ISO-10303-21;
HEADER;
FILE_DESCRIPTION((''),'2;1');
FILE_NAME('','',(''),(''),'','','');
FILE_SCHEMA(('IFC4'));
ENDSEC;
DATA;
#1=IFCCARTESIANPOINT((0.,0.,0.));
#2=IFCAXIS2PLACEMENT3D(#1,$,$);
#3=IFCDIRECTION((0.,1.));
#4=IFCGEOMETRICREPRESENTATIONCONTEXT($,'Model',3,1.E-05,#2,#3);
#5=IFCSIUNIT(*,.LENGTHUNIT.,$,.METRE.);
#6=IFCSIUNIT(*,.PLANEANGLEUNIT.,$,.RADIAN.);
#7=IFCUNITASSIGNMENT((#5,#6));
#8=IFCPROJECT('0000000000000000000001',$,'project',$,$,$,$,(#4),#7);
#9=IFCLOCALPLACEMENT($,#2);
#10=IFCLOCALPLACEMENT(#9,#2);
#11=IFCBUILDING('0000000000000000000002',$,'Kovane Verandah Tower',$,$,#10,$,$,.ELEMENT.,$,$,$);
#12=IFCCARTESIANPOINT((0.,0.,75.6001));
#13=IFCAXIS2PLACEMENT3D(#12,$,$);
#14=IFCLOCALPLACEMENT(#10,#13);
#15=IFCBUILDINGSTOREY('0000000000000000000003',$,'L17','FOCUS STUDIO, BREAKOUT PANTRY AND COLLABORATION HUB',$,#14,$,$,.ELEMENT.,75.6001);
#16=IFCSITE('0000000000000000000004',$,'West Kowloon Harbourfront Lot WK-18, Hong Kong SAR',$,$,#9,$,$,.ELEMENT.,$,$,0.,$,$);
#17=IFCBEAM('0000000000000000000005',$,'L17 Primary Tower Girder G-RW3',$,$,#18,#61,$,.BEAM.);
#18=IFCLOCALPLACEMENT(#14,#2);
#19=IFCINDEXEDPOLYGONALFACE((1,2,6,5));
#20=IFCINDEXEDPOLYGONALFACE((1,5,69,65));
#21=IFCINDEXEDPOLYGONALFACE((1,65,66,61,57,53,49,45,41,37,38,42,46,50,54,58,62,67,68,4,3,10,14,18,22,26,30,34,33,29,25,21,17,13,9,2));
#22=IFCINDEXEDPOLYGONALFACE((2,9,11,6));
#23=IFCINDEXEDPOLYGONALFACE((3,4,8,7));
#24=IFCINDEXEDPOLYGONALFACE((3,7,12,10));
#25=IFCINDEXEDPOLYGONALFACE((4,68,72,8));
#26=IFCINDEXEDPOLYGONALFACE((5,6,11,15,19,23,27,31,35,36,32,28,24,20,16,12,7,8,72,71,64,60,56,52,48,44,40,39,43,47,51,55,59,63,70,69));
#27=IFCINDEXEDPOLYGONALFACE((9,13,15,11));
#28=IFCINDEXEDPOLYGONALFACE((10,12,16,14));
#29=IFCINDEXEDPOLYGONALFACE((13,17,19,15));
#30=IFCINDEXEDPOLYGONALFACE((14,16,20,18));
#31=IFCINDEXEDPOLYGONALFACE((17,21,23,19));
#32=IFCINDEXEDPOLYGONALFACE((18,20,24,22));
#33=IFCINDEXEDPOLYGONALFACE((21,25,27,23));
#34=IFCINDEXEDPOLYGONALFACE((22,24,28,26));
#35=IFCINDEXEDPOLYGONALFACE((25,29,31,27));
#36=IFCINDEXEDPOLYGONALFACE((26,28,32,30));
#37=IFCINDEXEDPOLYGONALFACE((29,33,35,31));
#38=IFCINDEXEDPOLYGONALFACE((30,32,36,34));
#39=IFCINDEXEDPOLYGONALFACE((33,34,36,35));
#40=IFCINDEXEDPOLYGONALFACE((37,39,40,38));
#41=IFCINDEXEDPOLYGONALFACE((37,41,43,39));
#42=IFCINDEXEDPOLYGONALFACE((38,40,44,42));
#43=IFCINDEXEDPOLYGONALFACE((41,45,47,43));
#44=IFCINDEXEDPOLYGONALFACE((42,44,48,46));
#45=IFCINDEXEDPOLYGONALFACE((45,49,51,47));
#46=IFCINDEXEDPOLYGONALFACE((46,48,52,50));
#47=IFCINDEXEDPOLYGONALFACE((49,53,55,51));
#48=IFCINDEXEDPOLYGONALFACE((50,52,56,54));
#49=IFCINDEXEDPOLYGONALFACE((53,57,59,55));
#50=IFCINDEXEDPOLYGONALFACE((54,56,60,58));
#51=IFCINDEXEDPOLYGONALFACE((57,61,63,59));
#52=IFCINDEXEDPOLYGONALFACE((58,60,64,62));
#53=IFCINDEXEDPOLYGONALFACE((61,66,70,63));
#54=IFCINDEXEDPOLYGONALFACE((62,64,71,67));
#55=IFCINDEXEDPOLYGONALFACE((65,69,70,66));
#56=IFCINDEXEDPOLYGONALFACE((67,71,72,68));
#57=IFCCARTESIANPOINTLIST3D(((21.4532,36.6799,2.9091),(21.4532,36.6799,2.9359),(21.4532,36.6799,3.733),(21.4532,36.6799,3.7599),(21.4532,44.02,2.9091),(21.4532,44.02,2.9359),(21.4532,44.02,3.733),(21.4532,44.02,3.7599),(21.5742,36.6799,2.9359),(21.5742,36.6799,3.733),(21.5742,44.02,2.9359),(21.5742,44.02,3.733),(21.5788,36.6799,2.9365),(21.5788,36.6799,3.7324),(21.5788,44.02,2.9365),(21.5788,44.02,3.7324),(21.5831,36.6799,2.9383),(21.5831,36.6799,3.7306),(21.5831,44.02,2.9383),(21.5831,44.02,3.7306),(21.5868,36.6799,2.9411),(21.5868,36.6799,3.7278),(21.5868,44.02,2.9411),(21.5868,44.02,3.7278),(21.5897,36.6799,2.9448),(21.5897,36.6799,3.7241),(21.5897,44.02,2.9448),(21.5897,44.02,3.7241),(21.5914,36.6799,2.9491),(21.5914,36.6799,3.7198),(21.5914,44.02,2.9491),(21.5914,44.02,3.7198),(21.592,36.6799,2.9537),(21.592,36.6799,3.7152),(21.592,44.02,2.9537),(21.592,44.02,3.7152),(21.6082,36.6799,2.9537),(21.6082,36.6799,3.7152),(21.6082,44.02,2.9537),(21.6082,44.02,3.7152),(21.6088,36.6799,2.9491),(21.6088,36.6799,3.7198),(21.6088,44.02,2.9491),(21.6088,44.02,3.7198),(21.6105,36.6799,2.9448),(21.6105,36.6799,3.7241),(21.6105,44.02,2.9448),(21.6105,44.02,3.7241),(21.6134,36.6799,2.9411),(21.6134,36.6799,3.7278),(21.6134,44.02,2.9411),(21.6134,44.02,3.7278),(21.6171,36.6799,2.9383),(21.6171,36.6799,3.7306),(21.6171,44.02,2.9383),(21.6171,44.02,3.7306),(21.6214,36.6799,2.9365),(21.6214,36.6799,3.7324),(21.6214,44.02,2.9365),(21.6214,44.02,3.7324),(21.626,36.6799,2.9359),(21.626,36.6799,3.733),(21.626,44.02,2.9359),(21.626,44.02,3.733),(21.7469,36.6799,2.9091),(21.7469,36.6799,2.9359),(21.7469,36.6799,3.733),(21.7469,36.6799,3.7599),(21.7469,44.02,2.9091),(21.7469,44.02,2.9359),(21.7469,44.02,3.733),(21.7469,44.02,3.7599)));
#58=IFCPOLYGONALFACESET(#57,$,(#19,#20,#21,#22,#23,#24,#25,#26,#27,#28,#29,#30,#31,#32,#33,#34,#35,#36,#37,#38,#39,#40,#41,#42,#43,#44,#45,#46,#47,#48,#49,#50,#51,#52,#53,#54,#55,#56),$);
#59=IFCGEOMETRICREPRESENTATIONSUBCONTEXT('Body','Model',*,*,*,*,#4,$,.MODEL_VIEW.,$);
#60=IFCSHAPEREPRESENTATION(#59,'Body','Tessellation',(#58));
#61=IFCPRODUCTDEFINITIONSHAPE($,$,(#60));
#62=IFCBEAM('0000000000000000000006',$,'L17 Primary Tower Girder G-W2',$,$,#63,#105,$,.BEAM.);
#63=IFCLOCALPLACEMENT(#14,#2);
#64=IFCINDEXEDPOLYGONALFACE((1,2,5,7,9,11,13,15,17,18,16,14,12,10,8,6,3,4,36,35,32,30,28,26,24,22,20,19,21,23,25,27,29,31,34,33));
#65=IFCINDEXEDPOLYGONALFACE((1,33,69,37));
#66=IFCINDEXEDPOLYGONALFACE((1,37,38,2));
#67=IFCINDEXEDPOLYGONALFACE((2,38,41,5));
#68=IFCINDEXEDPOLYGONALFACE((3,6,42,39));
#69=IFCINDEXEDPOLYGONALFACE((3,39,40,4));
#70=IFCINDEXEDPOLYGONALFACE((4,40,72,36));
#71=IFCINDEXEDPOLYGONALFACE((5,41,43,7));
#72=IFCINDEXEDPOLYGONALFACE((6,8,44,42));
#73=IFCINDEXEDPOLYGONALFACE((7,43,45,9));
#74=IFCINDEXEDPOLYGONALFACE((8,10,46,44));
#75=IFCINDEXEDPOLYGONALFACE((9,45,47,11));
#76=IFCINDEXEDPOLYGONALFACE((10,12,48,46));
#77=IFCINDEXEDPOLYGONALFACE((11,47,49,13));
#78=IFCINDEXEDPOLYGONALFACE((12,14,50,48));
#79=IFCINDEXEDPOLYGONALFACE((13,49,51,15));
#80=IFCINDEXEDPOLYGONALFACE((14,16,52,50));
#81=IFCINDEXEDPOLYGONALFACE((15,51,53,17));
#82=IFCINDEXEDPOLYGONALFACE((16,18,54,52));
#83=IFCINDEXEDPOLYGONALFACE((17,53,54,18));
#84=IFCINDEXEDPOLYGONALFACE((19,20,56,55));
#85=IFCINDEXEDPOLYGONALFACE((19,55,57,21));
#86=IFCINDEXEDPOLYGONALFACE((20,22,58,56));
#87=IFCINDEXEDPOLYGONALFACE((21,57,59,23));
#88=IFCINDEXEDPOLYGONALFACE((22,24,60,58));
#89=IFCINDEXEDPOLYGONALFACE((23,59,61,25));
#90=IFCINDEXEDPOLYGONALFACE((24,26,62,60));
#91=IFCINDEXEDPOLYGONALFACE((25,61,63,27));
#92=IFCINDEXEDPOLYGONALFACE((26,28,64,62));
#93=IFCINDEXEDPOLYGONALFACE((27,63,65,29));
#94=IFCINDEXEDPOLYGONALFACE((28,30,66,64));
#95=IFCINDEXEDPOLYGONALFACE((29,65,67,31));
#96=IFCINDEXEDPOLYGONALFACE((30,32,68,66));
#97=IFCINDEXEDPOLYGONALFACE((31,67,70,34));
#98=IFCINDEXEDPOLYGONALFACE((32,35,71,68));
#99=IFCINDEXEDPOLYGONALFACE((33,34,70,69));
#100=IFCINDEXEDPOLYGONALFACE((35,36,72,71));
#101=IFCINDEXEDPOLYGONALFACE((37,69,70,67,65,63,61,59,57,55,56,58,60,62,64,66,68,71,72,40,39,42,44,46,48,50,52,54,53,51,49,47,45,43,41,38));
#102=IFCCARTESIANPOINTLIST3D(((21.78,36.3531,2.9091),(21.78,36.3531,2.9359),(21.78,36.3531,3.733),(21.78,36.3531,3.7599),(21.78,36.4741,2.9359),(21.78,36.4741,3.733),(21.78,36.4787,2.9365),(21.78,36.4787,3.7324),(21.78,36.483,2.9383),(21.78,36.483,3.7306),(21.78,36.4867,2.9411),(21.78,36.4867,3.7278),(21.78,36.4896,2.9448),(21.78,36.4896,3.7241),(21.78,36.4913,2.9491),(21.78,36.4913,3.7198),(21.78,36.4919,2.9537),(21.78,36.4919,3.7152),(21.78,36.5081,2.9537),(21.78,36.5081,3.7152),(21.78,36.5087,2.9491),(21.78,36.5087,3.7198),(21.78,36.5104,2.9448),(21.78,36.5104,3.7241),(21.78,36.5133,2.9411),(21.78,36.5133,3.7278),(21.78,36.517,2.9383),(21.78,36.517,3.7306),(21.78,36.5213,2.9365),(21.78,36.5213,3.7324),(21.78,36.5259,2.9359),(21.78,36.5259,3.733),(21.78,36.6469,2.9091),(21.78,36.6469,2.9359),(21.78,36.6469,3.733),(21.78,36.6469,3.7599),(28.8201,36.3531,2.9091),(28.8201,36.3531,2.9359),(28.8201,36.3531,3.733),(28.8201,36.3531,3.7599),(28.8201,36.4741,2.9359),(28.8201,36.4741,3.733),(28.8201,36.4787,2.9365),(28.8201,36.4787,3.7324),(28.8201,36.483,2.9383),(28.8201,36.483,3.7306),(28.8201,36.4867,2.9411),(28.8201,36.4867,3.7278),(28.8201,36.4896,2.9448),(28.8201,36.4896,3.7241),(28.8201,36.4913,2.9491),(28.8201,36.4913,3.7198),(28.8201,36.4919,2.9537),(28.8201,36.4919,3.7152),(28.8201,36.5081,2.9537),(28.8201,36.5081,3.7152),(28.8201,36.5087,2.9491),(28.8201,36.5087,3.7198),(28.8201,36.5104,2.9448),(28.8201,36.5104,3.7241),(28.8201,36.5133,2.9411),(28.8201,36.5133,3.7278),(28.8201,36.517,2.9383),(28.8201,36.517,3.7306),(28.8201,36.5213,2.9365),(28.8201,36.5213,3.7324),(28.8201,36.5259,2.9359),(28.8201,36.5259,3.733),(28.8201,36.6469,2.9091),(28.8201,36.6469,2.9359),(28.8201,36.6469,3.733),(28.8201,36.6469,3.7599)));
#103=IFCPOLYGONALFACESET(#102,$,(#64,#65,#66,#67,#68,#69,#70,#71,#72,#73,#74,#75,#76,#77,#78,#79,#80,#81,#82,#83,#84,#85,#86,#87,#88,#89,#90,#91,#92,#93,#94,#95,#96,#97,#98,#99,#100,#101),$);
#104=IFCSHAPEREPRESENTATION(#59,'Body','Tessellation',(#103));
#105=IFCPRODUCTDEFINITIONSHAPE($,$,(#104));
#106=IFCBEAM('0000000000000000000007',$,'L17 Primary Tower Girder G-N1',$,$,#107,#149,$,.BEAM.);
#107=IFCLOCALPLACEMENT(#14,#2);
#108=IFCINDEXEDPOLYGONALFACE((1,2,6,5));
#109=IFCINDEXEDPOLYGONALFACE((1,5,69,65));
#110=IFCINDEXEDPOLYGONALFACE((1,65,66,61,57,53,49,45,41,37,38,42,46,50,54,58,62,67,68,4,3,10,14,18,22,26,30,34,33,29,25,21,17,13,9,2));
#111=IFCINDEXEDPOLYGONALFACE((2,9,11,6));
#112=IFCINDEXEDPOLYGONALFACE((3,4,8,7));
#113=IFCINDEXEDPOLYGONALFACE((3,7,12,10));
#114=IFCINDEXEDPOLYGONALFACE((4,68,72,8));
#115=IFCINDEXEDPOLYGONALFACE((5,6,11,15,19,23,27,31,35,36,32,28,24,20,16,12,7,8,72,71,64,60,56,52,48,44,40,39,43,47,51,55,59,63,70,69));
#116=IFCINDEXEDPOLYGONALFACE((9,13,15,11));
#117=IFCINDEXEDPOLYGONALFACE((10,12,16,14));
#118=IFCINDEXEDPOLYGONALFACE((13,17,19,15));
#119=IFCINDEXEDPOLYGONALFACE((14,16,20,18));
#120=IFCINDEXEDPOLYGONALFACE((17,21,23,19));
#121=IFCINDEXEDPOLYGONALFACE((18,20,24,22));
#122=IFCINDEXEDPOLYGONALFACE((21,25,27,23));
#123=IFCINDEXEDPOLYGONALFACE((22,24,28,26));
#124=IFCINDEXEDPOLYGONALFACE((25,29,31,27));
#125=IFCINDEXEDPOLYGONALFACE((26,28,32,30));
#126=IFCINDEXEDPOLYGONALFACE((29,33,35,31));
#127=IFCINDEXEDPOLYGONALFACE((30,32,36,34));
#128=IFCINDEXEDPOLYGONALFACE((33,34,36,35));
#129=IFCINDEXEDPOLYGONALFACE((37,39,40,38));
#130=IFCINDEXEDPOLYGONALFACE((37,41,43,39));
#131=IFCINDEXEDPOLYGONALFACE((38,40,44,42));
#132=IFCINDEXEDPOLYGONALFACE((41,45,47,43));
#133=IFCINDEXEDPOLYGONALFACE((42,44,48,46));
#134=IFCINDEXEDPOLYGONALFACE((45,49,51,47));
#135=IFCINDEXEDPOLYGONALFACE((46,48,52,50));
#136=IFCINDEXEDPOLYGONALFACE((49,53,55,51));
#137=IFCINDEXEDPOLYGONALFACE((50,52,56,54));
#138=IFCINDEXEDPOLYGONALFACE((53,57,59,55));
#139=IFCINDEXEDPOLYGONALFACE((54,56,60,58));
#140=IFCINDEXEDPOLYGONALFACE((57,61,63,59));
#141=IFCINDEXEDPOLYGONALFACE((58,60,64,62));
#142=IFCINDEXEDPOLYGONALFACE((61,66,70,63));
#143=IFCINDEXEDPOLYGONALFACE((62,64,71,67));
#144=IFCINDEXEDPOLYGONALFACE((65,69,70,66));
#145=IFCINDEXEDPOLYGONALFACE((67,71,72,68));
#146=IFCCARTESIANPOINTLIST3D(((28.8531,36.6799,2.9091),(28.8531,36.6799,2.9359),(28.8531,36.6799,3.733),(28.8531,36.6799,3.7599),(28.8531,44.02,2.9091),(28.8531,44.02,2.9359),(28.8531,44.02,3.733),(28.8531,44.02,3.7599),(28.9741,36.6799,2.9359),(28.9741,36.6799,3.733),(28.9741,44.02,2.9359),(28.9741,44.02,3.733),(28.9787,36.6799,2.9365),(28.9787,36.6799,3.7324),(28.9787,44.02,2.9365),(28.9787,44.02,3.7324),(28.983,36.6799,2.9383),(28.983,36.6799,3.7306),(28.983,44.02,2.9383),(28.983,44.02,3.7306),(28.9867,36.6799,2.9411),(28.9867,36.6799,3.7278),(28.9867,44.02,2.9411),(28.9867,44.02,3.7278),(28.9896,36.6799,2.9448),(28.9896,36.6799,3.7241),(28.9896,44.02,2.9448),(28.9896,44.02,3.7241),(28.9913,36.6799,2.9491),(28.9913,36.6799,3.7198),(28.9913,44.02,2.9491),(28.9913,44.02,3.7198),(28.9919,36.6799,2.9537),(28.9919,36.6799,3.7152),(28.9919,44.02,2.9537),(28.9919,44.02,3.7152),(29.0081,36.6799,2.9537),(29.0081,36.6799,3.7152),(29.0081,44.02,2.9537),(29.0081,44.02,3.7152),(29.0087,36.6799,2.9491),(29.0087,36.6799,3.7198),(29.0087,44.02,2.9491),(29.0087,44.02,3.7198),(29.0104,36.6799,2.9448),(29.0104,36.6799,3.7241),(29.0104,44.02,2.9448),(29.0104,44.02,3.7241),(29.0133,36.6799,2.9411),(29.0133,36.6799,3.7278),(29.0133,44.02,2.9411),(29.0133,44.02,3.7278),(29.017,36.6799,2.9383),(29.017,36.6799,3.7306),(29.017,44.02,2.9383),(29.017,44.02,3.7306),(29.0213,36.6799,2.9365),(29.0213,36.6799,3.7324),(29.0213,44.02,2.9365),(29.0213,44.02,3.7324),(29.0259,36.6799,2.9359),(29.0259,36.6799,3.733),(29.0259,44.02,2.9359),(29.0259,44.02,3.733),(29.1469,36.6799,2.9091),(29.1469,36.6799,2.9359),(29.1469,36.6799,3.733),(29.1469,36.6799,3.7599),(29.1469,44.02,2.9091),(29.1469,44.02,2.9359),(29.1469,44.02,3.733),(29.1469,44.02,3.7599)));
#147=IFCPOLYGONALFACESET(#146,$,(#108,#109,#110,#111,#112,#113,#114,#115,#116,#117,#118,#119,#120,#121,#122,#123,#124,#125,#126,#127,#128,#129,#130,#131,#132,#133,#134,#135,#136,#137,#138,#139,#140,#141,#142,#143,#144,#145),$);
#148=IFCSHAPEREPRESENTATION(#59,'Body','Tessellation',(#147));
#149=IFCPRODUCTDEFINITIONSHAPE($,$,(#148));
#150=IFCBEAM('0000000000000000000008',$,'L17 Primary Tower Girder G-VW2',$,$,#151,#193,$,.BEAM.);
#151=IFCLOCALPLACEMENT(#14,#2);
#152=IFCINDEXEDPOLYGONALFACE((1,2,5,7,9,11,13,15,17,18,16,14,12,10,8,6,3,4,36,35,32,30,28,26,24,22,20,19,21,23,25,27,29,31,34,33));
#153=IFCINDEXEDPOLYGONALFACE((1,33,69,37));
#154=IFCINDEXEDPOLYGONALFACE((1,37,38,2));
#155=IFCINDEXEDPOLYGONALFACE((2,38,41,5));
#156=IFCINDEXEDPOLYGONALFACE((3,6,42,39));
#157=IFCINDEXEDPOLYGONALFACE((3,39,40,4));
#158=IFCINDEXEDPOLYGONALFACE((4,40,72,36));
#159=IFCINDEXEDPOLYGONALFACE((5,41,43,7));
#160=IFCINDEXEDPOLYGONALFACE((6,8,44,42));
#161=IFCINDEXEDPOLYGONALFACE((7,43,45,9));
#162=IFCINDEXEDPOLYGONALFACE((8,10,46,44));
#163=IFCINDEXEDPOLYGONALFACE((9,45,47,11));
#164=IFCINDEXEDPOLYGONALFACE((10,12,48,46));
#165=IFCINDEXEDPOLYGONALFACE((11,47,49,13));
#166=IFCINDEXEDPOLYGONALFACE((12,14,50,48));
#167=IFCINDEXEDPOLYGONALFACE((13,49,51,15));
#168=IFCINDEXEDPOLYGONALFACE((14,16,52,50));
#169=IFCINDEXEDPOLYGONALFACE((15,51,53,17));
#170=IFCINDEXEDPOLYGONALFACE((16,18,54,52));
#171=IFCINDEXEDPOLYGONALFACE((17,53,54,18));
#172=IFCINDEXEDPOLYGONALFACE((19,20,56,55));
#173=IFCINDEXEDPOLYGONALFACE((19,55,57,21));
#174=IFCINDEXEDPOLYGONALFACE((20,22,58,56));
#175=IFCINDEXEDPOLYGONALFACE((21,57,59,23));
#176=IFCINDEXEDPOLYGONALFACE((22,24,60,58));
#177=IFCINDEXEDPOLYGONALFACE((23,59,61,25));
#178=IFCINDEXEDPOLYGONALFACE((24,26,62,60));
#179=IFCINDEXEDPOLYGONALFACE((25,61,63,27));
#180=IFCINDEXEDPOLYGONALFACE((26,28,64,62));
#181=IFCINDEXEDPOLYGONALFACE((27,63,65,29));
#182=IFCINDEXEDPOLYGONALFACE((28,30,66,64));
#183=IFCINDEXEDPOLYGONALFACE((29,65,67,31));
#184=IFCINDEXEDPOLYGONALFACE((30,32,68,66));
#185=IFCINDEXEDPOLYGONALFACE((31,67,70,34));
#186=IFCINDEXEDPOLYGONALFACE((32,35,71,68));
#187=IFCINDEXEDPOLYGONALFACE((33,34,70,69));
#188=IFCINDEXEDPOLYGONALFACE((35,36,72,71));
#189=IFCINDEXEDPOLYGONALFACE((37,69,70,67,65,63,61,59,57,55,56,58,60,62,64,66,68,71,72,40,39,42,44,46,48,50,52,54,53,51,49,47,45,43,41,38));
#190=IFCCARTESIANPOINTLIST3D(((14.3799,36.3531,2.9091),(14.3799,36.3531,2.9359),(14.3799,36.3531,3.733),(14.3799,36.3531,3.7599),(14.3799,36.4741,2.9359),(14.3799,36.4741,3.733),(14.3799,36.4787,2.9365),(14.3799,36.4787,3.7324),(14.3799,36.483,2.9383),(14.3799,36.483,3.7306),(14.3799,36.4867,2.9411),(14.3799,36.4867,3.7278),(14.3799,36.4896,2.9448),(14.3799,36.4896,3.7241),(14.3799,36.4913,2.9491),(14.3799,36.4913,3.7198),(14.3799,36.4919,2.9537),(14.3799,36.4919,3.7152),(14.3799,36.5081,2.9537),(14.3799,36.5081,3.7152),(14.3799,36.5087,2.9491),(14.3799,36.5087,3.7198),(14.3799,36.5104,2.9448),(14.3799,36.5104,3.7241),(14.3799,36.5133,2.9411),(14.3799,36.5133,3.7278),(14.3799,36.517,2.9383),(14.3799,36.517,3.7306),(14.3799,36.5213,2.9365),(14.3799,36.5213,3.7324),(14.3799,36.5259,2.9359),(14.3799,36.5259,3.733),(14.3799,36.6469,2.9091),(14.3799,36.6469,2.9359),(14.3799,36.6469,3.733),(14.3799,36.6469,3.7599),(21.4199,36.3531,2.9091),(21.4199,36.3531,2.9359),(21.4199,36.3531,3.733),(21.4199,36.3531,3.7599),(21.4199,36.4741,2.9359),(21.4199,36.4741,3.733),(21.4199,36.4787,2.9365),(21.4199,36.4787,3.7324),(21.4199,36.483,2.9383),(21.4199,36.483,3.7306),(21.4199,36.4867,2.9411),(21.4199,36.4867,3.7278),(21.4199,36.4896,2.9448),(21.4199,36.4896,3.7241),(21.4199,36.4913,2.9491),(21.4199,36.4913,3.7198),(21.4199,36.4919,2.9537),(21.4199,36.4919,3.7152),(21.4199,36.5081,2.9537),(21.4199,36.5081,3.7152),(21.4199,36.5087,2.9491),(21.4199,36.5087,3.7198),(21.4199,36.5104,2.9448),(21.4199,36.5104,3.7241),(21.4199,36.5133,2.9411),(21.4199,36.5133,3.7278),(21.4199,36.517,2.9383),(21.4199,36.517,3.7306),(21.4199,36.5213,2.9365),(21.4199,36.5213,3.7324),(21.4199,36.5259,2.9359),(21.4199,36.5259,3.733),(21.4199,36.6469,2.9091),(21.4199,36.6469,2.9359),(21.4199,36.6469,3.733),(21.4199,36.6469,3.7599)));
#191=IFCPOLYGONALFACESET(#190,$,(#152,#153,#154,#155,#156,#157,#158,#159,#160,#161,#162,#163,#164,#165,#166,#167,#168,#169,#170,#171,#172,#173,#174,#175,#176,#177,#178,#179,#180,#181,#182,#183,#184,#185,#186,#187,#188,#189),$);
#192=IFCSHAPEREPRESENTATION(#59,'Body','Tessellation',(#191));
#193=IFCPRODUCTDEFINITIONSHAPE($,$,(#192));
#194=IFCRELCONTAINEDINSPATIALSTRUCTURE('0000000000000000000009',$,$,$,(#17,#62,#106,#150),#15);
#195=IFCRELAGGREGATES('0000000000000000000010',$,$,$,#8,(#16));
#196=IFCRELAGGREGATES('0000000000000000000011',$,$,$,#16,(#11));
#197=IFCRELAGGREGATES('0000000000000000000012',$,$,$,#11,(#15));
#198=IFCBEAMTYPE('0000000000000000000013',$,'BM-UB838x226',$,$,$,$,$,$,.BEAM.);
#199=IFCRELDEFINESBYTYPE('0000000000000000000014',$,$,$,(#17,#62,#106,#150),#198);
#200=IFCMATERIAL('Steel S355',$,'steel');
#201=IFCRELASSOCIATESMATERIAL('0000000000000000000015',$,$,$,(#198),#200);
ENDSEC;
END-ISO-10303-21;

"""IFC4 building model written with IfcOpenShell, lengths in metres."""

from ifc_helpers import new_model, si_unit, direction, frame, origin, origin_2d, place, context, subcontext, project, spatial, i_section, extrude, material, material_profile, profile_set, type_object, element, save


model = new_model("IFC4")

# Units and contexts
model_context = context("Model", 3, precision=1e-05, world=origin(), true_north=direction((0.0, 1.0)))
body_context = subcontext(model_context, "Body", "Model", "MODEL_VIEW")
ifc_project = project(units=[si_unit("LENGTHUNIT", "METRE"), si_unit("PLANEANGLEUNIT", "RADIAN")], contexts=[model_context])

# Site, building, storey
site_placement = place(None, origin())
site = spatial("IfcSite", under=ifc_project, at=site_placement, Name="West Kowloon Harbourfront Lot WK-18, Hong Kong SAR", CompositionType="ELEMENT", RefElevation=0.0)
building_placement = place(site_placement, origin())
building = spatial("IfcBuilding", under=site, at=building_placement, Name="Kovane Verandah Tower", CompositionType="ELEMENT")
storey_placement = place(building_placement, frame((0.0, 0.0, 75.6001)))
storey = spatial("IfcBuildingStorey", under=building, at=storey_placement, Name="L17", Description="FOCUS STUDIO, BREAKOUT PANTRY AND COLLABORATION HUB", CompositionType="ELEMENT", Elevation=75.6001)

# Beams
ifc_material_1 = material(Name="Steel S355", Category="steel")
ifc_material_profile_1 = material_profile(ifc_material_1, i_section(OverallWidth=0.2937, OverallDepth=0.8508, WebThickness=0.0161, FlangeThickness=0.0269, FilletRadius=0.0178, at=origin_2d()), Name="UB838x292x226")
ifc_profile_set_1 = profile_set([ifc_material_profile_1], Name="Steel S355")
beam_type_1 = type_object("IfcBeamType", Name="BM-UB838x226", PredefinedType="BEAM", material=ifc_profile_set_1)
beam_1_placement = place(storey_placement, frame((21.6001, 36.6799, 3.3345), z_axis=(0.0, 1.0, 0.0), x_axis=(-1.0, 0.0, 0.0)))
element("IfcBeam", 1, at=beam_1_placement, inside=storey, type_object=beam_type_1, Name="L17 Primary Tower Girder G-RW3", PredefinedType="BEAM", context=body_context, shape_type="SweptSolid", body=[
    extrude(i_section(OverallWidth=0.2937, OverallDepth=0.8508, WebThickness=0.0161, FlangeThickness=0.0269, FilletRadius=0.0178, at=origin_2d()), origin(), (0.0, 0.0, 1.0), 7.3401),
])
beam_2_placement = place(storey_placement, frame((28.8201, 36.5, 3.3345), z_axis=(-1.0, 0.0, 0.0), x_axis=(0.0, -1.0, 0.0)))
element("IfcBeam", 2, at=beam_2_placement, inside=storey, type_object=beam_type_1, Name="L17 Primary Tower Girder G-W2", PredefinedType="BEAM", context=body_context, shape_type="SweptSolid", body=[
    extrude(i_section(OverallWidth=0.2937, OverallDepth=0.8508, WebThickness=0.0161, FlangeThickness=0.0269, FilletRadius=0.0178, at=origin_2d()), origin(), (0.0, 0.0, 1.0), 7.04),
])
beam_3_placement = place(storey_placement, frame((29.0, 36.6799, 3.3345), z_axis=(0.0, 1.0, 0.0), x_axis=(-1.0, 0.0, 0.0)))
element("IfcBeam", 3, at=beam_3_placement, inside=storey, type_object=beam_type_1, Name="L17 Primary Tower Girder G-N1", PredefinedType="BEAM", context=body_context, shape_type="SweptSolid", body=[
    extrude(i_section(OverallWidth=0.2937, OverallDepth=0.8508, WebThickness=0.0161, FlangeThickness=0.0269, FilletRadius=0.0178, at=origin_2d()), origin(), (0.0, 0.0, 1.0), 7.3401),
])
beam_4_placement = place(storey_placement, frame((21.4199, 36.5, 3.3345), z_axis=(-1.0, 0.0, 0.0), x_axis=(0.0, -1.0, 0.0)))
element("IfcBeam", 4, at=beam_4_placement, inside=storey, type_object=beam_type_1, Name="L17 Primary Tower Girder G-VW2", PredefinedType="BEAM", context=body_context, shape_type="SweptSolid", body=[
    extrude(i_section(OverallWidth=0.2937, OverallDepth=0.8508, WebThickness=0.0161, FlangeThickness=0.0269, FilletRadius=0.0178, at=origin_2d()), origin(), (0.0, 0.0, 1.0), 7.04),
])

save(model, "model.ifc")
